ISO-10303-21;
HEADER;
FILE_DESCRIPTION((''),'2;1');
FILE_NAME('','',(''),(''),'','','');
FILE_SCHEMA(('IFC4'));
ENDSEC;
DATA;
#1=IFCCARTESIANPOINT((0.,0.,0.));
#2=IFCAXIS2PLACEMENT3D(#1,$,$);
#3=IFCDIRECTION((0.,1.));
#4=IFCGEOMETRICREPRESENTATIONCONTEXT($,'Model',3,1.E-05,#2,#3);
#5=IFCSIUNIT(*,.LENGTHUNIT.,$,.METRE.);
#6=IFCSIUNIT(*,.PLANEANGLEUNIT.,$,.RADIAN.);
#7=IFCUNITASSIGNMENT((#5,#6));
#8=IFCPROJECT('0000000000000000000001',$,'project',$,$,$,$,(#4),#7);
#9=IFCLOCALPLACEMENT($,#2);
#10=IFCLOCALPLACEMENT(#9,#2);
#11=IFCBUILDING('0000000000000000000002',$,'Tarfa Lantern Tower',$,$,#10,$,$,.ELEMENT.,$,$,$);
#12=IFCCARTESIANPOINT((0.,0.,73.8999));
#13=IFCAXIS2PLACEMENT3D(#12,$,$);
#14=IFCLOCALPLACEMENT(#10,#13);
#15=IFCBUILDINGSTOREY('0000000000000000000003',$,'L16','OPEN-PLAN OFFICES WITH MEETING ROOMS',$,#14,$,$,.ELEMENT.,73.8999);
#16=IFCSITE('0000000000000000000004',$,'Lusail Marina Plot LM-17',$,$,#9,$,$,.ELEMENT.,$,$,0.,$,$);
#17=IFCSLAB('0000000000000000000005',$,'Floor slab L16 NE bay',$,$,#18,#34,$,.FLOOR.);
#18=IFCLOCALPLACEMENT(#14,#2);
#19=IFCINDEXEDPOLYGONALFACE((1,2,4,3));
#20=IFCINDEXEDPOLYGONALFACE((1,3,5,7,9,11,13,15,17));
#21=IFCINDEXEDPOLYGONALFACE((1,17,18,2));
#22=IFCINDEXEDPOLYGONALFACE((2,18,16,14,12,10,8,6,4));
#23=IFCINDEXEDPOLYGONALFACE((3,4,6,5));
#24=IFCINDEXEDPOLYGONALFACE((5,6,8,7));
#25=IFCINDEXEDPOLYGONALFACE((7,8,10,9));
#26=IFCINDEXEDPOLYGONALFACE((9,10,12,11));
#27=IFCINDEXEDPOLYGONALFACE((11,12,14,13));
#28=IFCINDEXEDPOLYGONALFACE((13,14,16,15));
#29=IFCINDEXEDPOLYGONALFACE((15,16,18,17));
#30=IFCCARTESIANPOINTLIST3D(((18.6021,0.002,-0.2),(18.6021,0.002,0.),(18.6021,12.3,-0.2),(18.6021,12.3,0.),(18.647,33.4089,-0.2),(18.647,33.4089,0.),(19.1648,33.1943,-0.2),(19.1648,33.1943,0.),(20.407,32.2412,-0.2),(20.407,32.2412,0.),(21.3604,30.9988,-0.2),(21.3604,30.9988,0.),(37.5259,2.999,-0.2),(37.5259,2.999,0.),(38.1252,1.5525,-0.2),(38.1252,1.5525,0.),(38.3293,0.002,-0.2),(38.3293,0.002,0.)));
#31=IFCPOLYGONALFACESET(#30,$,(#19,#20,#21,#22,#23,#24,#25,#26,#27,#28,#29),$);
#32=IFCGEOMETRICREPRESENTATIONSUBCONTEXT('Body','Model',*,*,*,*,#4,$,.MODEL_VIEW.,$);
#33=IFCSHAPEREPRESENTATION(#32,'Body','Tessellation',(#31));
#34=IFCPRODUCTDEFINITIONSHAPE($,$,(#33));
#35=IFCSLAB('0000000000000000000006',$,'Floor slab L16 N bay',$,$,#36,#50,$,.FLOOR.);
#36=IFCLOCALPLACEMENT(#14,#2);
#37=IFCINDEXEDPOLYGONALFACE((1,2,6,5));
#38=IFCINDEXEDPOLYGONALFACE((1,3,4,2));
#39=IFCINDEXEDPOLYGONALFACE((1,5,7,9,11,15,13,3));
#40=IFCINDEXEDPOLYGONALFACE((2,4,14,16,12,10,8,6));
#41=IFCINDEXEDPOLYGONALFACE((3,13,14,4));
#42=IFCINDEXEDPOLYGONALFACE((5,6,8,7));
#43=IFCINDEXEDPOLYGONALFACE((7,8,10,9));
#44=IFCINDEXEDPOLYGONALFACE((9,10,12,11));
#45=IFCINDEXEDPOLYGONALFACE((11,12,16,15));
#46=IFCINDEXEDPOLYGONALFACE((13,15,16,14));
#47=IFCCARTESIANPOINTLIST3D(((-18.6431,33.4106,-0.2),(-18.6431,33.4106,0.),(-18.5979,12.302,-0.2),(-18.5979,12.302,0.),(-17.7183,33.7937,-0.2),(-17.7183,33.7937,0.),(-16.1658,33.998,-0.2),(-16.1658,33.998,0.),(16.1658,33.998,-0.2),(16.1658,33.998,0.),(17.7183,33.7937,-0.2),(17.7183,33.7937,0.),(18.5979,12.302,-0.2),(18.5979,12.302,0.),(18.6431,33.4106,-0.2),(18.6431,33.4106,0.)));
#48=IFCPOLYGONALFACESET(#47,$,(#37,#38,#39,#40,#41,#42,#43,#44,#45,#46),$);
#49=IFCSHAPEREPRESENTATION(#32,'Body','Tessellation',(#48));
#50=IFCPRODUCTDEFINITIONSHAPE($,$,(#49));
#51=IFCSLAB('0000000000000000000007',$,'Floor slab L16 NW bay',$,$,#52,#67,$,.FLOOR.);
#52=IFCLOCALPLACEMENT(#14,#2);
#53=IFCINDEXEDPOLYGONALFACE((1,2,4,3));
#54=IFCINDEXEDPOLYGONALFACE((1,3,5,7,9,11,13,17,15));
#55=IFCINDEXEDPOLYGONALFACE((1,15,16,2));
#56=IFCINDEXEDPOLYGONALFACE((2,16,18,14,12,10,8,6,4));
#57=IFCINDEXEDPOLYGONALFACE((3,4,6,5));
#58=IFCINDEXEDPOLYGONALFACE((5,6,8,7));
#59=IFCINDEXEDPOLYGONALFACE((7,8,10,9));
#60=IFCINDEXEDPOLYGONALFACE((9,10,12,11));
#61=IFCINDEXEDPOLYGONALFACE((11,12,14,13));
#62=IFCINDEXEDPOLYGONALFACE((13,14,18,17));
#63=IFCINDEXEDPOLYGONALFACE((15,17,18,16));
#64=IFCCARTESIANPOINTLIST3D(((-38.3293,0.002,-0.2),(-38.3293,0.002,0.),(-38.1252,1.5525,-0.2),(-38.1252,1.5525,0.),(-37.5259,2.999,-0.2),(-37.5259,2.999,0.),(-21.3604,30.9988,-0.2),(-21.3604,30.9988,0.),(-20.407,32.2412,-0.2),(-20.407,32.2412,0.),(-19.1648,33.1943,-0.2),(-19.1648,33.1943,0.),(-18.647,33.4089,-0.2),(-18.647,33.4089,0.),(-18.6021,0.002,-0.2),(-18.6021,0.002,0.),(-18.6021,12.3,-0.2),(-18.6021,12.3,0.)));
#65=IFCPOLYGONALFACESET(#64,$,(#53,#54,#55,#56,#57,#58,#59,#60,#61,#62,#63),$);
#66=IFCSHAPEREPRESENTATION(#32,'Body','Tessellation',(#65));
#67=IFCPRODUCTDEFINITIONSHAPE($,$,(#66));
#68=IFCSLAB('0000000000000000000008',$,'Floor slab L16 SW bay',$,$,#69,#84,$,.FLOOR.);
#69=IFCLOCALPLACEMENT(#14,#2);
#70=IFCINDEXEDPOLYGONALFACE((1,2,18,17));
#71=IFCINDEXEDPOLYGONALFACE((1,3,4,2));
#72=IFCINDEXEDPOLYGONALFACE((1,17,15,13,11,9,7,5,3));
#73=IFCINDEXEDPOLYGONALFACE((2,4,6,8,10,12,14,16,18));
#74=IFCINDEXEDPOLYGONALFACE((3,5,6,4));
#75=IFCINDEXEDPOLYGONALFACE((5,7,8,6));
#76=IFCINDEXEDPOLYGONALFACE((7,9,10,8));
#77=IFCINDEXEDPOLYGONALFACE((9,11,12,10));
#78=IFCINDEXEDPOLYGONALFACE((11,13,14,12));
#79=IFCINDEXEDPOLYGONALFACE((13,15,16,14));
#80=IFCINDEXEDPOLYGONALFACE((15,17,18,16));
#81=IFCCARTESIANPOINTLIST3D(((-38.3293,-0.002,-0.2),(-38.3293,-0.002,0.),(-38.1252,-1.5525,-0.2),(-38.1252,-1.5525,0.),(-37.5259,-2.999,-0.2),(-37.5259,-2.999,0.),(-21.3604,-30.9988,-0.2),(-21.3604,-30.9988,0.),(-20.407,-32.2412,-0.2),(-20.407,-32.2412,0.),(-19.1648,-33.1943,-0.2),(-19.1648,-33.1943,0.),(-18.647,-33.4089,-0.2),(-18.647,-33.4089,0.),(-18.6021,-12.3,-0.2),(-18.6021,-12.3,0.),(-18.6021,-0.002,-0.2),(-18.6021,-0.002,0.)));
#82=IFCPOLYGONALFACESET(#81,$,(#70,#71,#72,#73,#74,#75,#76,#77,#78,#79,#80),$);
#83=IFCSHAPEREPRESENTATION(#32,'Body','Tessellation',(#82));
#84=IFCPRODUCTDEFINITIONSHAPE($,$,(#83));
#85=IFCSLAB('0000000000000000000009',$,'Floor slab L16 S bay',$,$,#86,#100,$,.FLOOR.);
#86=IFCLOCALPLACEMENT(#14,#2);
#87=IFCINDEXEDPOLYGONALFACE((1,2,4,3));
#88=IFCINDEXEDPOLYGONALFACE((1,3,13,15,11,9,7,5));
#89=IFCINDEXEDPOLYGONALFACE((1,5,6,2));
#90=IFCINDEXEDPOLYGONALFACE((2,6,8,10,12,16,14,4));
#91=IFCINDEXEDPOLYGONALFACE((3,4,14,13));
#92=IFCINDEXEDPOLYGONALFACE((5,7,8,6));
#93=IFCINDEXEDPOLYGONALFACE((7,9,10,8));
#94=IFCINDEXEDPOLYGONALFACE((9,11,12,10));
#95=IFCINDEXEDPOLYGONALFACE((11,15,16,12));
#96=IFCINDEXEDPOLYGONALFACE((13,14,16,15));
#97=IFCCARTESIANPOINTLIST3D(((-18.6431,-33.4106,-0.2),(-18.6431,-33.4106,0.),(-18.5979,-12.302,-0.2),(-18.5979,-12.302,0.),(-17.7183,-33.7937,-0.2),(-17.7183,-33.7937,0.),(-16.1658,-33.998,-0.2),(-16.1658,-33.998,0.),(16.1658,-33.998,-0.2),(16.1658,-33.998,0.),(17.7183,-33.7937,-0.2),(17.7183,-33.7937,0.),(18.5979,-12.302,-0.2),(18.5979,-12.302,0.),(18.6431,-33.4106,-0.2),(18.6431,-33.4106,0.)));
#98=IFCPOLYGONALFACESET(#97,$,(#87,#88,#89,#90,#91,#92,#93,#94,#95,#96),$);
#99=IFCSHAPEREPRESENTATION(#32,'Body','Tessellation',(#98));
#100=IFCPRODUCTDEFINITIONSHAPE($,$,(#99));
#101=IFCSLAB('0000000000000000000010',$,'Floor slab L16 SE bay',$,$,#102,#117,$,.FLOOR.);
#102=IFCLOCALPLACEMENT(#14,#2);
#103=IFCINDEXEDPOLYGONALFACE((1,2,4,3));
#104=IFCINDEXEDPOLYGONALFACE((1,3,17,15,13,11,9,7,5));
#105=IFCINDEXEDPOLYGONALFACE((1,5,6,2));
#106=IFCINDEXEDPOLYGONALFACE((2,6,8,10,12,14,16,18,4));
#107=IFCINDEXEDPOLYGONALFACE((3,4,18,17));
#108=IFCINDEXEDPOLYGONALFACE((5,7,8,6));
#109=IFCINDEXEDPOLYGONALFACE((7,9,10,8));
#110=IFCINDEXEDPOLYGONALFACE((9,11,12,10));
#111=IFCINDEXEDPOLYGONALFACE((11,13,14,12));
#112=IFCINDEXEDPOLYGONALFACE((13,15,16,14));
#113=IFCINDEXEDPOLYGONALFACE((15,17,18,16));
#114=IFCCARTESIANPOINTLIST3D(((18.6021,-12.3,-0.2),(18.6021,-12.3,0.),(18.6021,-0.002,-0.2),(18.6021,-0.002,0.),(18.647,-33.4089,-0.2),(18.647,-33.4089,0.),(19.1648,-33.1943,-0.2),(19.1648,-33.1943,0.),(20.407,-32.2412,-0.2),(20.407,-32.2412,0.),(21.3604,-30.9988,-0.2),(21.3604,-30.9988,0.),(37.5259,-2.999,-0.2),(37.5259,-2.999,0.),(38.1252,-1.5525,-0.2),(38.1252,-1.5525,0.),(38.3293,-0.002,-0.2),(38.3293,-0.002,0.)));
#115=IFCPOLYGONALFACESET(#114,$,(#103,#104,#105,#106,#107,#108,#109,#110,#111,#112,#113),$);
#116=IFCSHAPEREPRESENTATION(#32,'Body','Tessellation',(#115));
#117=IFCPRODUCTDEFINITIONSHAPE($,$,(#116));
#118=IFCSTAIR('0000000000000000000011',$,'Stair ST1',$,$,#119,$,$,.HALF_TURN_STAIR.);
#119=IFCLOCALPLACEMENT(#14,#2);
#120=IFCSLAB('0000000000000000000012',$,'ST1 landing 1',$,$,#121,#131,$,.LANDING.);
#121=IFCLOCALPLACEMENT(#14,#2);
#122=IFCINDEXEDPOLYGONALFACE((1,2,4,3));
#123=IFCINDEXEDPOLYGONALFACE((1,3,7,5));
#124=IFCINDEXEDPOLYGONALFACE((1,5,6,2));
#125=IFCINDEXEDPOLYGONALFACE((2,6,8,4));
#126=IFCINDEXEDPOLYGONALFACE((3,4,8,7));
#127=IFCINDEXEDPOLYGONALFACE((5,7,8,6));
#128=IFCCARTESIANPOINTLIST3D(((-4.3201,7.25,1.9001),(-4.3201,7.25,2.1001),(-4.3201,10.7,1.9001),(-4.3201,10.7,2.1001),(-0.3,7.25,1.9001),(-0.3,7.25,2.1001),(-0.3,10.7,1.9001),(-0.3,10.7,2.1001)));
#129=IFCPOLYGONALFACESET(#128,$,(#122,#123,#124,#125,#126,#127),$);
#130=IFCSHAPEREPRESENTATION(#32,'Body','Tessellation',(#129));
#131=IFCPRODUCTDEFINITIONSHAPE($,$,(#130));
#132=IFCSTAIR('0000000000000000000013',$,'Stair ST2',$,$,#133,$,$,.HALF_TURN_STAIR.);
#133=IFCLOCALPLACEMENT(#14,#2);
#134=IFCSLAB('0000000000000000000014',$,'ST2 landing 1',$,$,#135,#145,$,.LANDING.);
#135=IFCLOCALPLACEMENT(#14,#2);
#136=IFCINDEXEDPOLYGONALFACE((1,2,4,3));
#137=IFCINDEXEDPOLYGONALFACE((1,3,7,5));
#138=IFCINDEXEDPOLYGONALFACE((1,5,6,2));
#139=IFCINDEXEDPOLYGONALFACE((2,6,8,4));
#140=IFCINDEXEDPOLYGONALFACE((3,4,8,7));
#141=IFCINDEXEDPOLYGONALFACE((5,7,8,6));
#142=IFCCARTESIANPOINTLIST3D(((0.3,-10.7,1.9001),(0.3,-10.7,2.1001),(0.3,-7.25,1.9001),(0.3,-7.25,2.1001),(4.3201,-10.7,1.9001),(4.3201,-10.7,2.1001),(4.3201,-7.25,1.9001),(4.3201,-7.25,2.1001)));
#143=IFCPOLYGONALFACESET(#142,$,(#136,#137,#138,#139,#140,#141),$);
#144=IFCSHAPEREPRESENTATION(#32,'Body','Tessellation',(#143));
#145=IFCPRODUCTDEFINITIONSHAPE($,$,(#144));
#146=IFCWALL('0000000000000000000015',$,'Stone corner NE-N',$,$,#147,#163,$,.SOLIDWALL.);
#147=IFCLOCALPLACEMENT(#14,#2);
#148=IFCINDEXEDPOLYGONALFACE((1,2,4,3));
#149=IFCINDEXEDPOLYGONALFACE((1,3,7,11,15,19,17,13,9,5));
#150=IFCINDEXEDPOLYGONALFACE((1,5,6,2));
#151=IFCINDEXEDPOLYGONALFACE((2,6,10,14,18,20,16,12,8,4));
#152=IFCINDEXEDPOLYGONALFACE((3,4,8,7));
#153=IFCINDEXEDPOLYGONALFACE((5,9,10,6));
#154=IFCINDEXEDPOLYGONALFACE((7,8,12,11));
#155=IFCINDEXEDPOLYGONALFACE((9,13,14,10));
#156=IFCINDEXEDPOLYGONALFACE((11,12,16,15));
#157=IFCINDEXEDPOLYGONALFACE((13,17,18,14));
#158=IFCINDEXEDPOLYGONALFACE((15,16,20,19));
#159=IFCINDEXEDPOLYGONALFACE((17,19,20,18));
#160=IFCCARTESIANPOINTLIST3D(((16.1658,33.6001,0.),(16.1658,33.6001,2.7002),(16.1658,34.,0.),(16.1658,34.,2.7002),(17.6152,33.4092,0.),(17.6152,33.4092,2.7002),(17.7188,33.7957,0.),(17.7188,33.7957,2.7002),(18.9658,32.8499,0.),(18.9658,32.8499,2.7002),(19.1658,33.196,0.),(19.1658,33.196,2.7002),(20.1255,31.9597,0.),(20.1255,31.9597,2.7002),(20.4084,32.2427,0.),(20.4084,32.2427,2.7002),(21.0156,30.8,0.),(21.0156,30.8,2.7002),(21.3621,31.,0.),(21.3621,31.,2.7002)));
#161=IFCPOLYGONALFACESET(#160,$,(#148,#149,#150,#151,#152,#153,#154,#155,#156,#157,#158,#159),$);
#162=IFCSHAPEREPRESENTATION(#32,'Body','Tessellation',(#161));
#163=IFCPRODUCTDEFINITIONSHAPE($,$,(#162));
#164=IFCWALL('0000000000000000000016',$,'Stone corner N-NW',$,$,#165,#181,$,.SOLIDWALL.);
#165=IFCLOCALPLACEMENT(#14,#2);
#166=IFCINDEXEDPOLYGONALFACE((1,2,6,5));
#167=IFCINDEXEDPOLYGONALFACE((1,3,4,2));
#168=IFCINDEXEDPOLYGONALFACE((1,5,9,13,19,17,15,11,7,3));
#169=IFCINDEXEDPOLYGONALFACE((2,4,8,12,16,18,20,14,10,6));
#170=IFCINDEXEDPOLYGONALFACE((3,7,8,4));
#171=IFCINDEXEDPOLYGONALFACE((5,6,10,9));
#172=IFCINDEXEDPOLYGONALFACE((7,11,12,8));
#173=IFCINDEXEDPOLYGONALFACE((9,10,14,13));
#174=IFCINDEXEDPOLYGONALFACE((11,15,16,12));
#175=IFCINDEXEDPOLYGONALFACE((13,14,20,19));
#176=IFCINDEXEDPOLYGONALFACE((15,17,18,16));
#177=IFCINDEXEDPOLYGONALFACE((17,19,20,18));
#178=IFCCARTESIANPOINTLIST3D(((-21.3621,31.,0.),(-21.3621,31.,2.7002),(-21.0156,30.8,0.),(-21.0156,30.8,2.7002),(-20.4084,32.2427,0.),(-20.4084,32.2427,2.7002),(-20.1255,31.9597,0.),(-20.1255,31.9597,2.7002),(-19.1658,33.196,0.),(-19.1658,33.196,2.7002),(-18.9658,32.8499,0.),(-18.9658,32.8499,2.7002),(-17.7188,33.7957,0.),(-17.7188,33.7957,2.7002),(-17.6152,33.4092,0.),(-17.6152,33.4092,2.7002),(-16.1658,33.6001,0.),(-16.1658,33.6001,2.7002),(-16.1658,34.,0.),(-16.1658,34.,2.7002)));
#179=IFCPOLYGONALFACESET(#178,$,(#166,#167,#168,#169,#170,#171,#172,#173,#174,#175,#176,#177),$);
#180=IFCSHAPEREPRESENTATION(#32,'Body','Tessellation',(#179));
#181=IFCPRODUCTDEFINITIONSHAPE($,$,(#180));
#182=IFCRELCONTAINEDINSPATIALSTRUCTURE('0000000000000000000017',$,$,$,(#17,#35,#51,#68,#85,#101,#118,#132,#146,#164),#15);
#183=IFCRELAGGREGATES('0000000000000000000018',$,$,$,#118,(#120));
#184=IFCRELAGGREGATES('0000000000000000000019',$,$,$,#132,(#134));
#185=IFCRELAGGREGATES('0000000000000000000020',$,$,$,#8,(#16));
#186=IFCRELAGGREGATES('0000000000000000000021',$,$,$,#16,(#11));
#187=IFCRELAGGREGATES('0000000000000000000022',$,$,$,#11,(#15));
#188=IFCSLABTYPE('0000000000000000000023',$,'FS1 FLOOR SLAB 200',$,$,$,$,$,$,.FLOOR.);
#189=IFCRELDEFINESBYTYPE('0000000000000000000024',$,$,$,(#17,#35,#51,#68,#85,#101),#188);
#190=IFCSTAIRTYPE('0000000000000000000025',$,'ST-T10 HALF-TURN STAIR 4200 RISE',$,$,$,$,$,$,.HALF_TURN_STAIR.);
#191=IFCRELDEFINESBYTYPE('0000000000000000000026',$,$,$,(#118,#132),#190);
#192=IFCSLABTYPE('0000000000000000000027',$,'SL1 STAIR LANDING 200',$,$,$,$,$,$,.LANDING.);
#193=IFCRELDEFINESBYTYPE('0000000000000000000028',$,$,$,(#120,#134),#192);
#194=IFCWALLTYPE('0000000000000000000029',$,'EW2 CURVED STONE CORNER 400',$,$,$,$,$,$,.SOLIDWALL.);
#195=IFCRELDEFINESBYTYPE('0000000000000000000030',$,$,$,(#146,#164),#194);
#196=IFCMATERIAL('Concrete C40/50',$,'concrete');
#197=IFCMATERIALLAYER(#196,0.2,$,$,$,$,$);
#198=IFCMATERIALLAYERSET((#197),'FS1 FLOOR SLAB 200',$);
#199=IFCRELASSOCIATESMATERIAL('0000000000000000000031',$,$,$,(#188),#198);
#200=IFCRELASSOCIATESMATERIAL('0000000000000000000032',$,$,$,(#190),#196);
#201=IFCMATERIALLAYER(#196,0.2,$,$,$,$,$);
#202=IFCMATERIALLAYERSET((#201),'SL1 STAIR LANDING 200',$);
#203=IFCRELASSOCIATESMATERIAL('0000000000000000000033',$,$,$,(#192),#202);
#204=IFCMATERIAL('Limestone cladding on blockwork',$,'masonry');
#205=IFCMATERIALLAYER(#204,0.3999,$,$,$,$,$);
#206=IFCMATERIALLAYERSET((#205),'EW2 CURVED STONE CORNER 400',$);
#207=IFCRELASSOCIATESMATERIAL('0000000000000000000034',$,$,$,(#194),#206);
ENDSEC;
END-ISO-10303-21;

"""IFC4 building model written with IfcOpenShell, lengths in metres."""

from ifc_helpers import new_model, si_unit, direction, frame, origin, place, context, subcontext, project, spatial, polyline, outline, extrude, material, layer, layer_set, type_object, element, aggregate, save


model = new_model("IFC4")

# Units and contexts
model_context = context("Model", 3, precision=1e-05, world=origin(), true_north=direction((0.0, 1.0)))
body_context = subcontext(model_context, "Body", "Model", "MODEL_VIEW")
ifc_project = project(units=[si_unit("LENGTHUNIT", "METRE"), si_unit("PLANEANGLEUNIT", "RADIAN")], contexts=[model_context])

# Site, building, storey
site_placement = place(None, origin())
site = spatial("IfcSite", under=ifc_project, at=site_placement, Name="Lusail Marina Plot LM-17", CompositionType="ELEMENT", RefElevation=0.0)
building_placement = place(site_placement, origin())
building = spatial("IfcBuilding", under=site, at=building_placement, Name="Tarfa Lantern Tower", CompositionType="ELEMENT")
storey_placement = place(building_placement, frame((0.0, 0.0, 73.8999)))
storey = spatial("IfcBuildingStorey", under=building, at=storey_placement, Name="L16", Description="OPEN-PLAN OFFICES WITH MEETING ROOMS", CompositionType="ELEMENT", Elevation=73.8999)

# Slabs
ifc_material_1 = material(Name="Concrete C40/50", Category="concrete")
ifc_layer_1 = layer(ifc_material_1, 0.2)
ifc_layer_set_1 = layer_set([ifc_layer_1], Name="FS1 FLOOR SLAB 200")
slab_type_1 = type_object("IfcSlabType", Name="FS1 FLOOR SLAB 200", PredefinedType="FLOOR", material=ifc_layer_set_1)
slab_1_placement = place(storey_placement, frame((0.0, 0.0, -0.2)))
element("IfcSlab", 1, at=slab_1_placement, inside=storey, type_object=slab_type_1, Name="Floor slab L16 NE bay", PredefinedType="FLOOR", context=body_context, shape_type="SweptSolid", body=[
    extrude(outline(polyline([(37.5259, 2.999), (21.3604, 30.9988), (20.407, 32.2412), (19.1648, 33.1943), (18.647, 33.4089), (18.6021, 12.3), (18.6021, 0.002), (38.3293, 0.002), (38.1252, 1.5525), (37.5259, 2.999)])), origin(), (0.0, 0.0, 1.0), 0.2),
])
slab_2_placement = place(storey_placement, frame((0.0, 0.0, -0.2)))
element("IfcSlab", 2, at=slab_2_placement, inside=storey, type_object=slab_type_1, Name="Floor slab L16 N bay", PredefinedType="FLOOR", context=body_context, shape_type="SweptSolid", body=[
    extrude(outline(polyline([(-18.5979, 12.302), (18.5979, 12.302), (18.6431, 33.4106), (17.7183, 33.7937), (16.1658, 33.998), (-16.1658, 33.998), (-17.7183, 33.7937), (-18.6431, 33.4106), (-18.5979, 12.302)])), origin(), (0.0, 0.0, 1.0), 0.2),
])
slab_3_placement = place(storey_placement, frame((0.0, 0.0, -0.2)))
element("IfcSlab", 3, at=slab_3_placement, inside=storey, type_object=slab_type_1, Name="Floor slab L16 NW bay", PredefinedType="FLOOR", context=body_context, shape_type="SweptSolid", body=[
    extrude(outline(polyline([(-18.6021, 0.002), (-18.6021, 12.3), (-18.647, 33.4089), (-19.1648, 33.1943), (-20.407, 32.2412), (-21.3604, 30.9988), (-37.5259, 2.999), (-38.1252, 1.5525), (-38.3293, 0.002), (-18.6021, 0.002)])), origin(), (0.0, 0.0, 1.0), 0.2),
])
slab_4_placement = place(storey_placement, frame((0.0, 0.0, -0.2)))
element("IfcSlab", 4, at=slab_4_placement, inside=storey, type_object=slab_type_1, Name="Floor slab L16 SW bay", PredefinedType="FLOOR", context=body_context, shape_type="SweptSolid", body=[
    extrude(outline(polyline([(-18.6021, -12.3), (-18.6021, -0.002), (-38.3293, -0.002), (-38.1252, -1.5525), (-37.5259, -2.999), (-21.3604, -30.9988), (-20.407, -32.2412), (-19.1648, -33.1943), (-18.647, -33.4089), (-18.6021, -12.3)])), origin(), (0.0, 0.0, 1.0), 0.2),
])
slab_5_placement = place(storey_placement, frame((0.0, 0.0, -0.2)))
element("IfcSlab", 5, at=slab_5_placement, inside=storey, type_object=slab_type_1, Name="Floor slab L16 S bay", PredefinedType="FLOOR", context=body_context, shape_type="SweptSolid", body=[
    extrude(outline(polyline([(18.5979, -12.302), (-18.5979, -12.302), (-18.6431, -33.4106), (-17.7183, -33.7937), (-16.1658, -33.998), (16.1658, -33.998), (17.7183, -33.7937), (18.6431, -33.4106), (18.5979, -12.302)])), origin(), (0.0, 0.0, 1.0), 0.2),
])
slab_6_placement = place(storey_placement, frame((0.0, 0.0, -0.2)))
element("IfcSlab", 6, at=slab_6_placement, inside=storey, type_object=slab_type_1, Name="Floor slab L16 SE bay", PredefinedType="FLOOR", context=body_context, shape_type="SweptSolid", body=[
    extrude(outline(polyline([(18.6021, -0.002), (18.6021, -12.3), (18.647, -33.4089), (19.1648, -33.1943), (20.407, -32.2412), (21.3604, -30.9988), (37.5259, -2.999), (38.1252, -1.5525), (38.3293, -0.002), (18.6021, -0.002)])), origin(), (0.0, 0.0, 1.0), 0.2),
])

# Stairs, slabs
stair_type = type_object("IfcStairType", Name="ST-T10 HALF-TURN STAIR 4200 RISE", PredefinedType="HALF_TURN_STAIR", material=ifc_material_1)
stair_1_placement = place(storey_placement, origin())
stair_1 = element("IfcStair", 7, at=stair_1_placement, inside=storey, type_object=stair_type, Name="Stair ST1", PredefinedType="HALF_TURN_STAIR")
ifc_layer_2 = layer(ifc_material_1, 0.2)
ifc_layer_set_2 = layer_set([ifc_layer_2], Name="SL1 STAIR LANDING 200")
slab_type_2 = type_object("IfcSlabType", Name="SL1 STAIR LANDING 200", PredefinedType="LANDING", material=ifc_layer_set_2)
slab_7_placement = place(storey_placement, frame((0.0, 0.0, 1.9001)))
slab_7 = element("IfcSlab", 8, at=slab_7_placement, type_object=slab_type_2, Name="ST1 landing 1", PredefinedType="LANDING", context=body_context, shape_type="SweptSolid", body=[
    extrude(outline(polyline([(-4.3201, 7.25), (-0.3, 7.25), (-0.3, 10.7), (-4.3201, 10.7), (-4.3201, 7.25)])), origin(), (0.0, 0.0, 1.0), 0.2),
])
aggregate(stair_1, [slab_7])
stair_2_placement = place(storey_placement, origin())
stair_2 = element("IfcStair", 9, at=stair_2_placement, inside=storey, type_object=stair_type, Name="Stair ST2", PredefinedType="HALF_TURN_STAIR")
slab_8_placement = place(storey_placement, frame((0.0, 0.0, 1.9001)))
slab_8 = element("IfcSlab", 10, at=slab_8_placement, type_object=slab_type_2, Name="ST2 landing 1", PredefinedType="LANDING", context=body_context, shape_type="SweptSolid", body=[
    extrude(outline(polyline([(4.3201, -7.25), (0.3, -7.25), (0.3, -10.7), (4.3201, -10.7), (4.3201, -7.25)])), origin(), (0.0, 0.0, 1.0), 0.2),
])
aggregate(stair_2, [slab_8])

# Walls
ifc_material_2 = material(Name="Limestone cladding on blockwork", Category="masonry")
ifc_layer_3 = layer(ifc_material_2, 0.3999)
ifc_layer_set_3 = layer_set([ifc_layer_3], Name="EW2 CURVED STONE CORNER 400")
wall_type_1 = type_object("IfcWallType", Name="EW2 CURVED STONE CORNER 400", PredefinedType="SOLIDWALL", material=ifc_layer_set_3)
wall_1_placement = place(storey_placement, origin())
element("IfcWall", 11, at=wall_1_placement, inside=storey, type_object=wall_type_1, Name="Stone corner NE-N", PredefinedType="SOLIDWALL", context=body_context, shape_type="SweptSolid", body=[
    extrude(outline(polyline([(21.3621, 31.0), (20.4084, 32.2427), (19.1658, 33.196), (17.7188, 33.7957), (16.1658, 34.0), (16.1658, 33.6001), (17.6152, 33.4092), (18.9658, 32.8499), (20.1255, 31.9597), (21.0156, 30.8), (21.3621, 31.0)])), origin(), (0.0, 0.0, 1.0), 2.7002),
])
wall_2_placement = place(storey_placement, origin())
element("IfcWall", 12, at=wall_2_placement, inside=storey, type_object=wall_type_1, Name="Stone corner N-NW", PredefinedType="SOLIDWALL", context=body_context, shape_type="SweptSolid", body=[
    extrude(outline(polyline([(-16.1658, 34.0), (-17.7188, 33.7957), (-19.1658, 33.196), (-20.4084, 32.2427), (-21.3621, 31.0), (-21.0156, 30.8), (-20.1255, 31.9597), (-18.9658, 32.8499), (-17.6152, 33.4092), (-16.1658, 33.6001), (-16.1658, 34.0)])), origin(), (0.0, 0.0, 1.0), 2.7002),
])

save(model, "model.ifc")
